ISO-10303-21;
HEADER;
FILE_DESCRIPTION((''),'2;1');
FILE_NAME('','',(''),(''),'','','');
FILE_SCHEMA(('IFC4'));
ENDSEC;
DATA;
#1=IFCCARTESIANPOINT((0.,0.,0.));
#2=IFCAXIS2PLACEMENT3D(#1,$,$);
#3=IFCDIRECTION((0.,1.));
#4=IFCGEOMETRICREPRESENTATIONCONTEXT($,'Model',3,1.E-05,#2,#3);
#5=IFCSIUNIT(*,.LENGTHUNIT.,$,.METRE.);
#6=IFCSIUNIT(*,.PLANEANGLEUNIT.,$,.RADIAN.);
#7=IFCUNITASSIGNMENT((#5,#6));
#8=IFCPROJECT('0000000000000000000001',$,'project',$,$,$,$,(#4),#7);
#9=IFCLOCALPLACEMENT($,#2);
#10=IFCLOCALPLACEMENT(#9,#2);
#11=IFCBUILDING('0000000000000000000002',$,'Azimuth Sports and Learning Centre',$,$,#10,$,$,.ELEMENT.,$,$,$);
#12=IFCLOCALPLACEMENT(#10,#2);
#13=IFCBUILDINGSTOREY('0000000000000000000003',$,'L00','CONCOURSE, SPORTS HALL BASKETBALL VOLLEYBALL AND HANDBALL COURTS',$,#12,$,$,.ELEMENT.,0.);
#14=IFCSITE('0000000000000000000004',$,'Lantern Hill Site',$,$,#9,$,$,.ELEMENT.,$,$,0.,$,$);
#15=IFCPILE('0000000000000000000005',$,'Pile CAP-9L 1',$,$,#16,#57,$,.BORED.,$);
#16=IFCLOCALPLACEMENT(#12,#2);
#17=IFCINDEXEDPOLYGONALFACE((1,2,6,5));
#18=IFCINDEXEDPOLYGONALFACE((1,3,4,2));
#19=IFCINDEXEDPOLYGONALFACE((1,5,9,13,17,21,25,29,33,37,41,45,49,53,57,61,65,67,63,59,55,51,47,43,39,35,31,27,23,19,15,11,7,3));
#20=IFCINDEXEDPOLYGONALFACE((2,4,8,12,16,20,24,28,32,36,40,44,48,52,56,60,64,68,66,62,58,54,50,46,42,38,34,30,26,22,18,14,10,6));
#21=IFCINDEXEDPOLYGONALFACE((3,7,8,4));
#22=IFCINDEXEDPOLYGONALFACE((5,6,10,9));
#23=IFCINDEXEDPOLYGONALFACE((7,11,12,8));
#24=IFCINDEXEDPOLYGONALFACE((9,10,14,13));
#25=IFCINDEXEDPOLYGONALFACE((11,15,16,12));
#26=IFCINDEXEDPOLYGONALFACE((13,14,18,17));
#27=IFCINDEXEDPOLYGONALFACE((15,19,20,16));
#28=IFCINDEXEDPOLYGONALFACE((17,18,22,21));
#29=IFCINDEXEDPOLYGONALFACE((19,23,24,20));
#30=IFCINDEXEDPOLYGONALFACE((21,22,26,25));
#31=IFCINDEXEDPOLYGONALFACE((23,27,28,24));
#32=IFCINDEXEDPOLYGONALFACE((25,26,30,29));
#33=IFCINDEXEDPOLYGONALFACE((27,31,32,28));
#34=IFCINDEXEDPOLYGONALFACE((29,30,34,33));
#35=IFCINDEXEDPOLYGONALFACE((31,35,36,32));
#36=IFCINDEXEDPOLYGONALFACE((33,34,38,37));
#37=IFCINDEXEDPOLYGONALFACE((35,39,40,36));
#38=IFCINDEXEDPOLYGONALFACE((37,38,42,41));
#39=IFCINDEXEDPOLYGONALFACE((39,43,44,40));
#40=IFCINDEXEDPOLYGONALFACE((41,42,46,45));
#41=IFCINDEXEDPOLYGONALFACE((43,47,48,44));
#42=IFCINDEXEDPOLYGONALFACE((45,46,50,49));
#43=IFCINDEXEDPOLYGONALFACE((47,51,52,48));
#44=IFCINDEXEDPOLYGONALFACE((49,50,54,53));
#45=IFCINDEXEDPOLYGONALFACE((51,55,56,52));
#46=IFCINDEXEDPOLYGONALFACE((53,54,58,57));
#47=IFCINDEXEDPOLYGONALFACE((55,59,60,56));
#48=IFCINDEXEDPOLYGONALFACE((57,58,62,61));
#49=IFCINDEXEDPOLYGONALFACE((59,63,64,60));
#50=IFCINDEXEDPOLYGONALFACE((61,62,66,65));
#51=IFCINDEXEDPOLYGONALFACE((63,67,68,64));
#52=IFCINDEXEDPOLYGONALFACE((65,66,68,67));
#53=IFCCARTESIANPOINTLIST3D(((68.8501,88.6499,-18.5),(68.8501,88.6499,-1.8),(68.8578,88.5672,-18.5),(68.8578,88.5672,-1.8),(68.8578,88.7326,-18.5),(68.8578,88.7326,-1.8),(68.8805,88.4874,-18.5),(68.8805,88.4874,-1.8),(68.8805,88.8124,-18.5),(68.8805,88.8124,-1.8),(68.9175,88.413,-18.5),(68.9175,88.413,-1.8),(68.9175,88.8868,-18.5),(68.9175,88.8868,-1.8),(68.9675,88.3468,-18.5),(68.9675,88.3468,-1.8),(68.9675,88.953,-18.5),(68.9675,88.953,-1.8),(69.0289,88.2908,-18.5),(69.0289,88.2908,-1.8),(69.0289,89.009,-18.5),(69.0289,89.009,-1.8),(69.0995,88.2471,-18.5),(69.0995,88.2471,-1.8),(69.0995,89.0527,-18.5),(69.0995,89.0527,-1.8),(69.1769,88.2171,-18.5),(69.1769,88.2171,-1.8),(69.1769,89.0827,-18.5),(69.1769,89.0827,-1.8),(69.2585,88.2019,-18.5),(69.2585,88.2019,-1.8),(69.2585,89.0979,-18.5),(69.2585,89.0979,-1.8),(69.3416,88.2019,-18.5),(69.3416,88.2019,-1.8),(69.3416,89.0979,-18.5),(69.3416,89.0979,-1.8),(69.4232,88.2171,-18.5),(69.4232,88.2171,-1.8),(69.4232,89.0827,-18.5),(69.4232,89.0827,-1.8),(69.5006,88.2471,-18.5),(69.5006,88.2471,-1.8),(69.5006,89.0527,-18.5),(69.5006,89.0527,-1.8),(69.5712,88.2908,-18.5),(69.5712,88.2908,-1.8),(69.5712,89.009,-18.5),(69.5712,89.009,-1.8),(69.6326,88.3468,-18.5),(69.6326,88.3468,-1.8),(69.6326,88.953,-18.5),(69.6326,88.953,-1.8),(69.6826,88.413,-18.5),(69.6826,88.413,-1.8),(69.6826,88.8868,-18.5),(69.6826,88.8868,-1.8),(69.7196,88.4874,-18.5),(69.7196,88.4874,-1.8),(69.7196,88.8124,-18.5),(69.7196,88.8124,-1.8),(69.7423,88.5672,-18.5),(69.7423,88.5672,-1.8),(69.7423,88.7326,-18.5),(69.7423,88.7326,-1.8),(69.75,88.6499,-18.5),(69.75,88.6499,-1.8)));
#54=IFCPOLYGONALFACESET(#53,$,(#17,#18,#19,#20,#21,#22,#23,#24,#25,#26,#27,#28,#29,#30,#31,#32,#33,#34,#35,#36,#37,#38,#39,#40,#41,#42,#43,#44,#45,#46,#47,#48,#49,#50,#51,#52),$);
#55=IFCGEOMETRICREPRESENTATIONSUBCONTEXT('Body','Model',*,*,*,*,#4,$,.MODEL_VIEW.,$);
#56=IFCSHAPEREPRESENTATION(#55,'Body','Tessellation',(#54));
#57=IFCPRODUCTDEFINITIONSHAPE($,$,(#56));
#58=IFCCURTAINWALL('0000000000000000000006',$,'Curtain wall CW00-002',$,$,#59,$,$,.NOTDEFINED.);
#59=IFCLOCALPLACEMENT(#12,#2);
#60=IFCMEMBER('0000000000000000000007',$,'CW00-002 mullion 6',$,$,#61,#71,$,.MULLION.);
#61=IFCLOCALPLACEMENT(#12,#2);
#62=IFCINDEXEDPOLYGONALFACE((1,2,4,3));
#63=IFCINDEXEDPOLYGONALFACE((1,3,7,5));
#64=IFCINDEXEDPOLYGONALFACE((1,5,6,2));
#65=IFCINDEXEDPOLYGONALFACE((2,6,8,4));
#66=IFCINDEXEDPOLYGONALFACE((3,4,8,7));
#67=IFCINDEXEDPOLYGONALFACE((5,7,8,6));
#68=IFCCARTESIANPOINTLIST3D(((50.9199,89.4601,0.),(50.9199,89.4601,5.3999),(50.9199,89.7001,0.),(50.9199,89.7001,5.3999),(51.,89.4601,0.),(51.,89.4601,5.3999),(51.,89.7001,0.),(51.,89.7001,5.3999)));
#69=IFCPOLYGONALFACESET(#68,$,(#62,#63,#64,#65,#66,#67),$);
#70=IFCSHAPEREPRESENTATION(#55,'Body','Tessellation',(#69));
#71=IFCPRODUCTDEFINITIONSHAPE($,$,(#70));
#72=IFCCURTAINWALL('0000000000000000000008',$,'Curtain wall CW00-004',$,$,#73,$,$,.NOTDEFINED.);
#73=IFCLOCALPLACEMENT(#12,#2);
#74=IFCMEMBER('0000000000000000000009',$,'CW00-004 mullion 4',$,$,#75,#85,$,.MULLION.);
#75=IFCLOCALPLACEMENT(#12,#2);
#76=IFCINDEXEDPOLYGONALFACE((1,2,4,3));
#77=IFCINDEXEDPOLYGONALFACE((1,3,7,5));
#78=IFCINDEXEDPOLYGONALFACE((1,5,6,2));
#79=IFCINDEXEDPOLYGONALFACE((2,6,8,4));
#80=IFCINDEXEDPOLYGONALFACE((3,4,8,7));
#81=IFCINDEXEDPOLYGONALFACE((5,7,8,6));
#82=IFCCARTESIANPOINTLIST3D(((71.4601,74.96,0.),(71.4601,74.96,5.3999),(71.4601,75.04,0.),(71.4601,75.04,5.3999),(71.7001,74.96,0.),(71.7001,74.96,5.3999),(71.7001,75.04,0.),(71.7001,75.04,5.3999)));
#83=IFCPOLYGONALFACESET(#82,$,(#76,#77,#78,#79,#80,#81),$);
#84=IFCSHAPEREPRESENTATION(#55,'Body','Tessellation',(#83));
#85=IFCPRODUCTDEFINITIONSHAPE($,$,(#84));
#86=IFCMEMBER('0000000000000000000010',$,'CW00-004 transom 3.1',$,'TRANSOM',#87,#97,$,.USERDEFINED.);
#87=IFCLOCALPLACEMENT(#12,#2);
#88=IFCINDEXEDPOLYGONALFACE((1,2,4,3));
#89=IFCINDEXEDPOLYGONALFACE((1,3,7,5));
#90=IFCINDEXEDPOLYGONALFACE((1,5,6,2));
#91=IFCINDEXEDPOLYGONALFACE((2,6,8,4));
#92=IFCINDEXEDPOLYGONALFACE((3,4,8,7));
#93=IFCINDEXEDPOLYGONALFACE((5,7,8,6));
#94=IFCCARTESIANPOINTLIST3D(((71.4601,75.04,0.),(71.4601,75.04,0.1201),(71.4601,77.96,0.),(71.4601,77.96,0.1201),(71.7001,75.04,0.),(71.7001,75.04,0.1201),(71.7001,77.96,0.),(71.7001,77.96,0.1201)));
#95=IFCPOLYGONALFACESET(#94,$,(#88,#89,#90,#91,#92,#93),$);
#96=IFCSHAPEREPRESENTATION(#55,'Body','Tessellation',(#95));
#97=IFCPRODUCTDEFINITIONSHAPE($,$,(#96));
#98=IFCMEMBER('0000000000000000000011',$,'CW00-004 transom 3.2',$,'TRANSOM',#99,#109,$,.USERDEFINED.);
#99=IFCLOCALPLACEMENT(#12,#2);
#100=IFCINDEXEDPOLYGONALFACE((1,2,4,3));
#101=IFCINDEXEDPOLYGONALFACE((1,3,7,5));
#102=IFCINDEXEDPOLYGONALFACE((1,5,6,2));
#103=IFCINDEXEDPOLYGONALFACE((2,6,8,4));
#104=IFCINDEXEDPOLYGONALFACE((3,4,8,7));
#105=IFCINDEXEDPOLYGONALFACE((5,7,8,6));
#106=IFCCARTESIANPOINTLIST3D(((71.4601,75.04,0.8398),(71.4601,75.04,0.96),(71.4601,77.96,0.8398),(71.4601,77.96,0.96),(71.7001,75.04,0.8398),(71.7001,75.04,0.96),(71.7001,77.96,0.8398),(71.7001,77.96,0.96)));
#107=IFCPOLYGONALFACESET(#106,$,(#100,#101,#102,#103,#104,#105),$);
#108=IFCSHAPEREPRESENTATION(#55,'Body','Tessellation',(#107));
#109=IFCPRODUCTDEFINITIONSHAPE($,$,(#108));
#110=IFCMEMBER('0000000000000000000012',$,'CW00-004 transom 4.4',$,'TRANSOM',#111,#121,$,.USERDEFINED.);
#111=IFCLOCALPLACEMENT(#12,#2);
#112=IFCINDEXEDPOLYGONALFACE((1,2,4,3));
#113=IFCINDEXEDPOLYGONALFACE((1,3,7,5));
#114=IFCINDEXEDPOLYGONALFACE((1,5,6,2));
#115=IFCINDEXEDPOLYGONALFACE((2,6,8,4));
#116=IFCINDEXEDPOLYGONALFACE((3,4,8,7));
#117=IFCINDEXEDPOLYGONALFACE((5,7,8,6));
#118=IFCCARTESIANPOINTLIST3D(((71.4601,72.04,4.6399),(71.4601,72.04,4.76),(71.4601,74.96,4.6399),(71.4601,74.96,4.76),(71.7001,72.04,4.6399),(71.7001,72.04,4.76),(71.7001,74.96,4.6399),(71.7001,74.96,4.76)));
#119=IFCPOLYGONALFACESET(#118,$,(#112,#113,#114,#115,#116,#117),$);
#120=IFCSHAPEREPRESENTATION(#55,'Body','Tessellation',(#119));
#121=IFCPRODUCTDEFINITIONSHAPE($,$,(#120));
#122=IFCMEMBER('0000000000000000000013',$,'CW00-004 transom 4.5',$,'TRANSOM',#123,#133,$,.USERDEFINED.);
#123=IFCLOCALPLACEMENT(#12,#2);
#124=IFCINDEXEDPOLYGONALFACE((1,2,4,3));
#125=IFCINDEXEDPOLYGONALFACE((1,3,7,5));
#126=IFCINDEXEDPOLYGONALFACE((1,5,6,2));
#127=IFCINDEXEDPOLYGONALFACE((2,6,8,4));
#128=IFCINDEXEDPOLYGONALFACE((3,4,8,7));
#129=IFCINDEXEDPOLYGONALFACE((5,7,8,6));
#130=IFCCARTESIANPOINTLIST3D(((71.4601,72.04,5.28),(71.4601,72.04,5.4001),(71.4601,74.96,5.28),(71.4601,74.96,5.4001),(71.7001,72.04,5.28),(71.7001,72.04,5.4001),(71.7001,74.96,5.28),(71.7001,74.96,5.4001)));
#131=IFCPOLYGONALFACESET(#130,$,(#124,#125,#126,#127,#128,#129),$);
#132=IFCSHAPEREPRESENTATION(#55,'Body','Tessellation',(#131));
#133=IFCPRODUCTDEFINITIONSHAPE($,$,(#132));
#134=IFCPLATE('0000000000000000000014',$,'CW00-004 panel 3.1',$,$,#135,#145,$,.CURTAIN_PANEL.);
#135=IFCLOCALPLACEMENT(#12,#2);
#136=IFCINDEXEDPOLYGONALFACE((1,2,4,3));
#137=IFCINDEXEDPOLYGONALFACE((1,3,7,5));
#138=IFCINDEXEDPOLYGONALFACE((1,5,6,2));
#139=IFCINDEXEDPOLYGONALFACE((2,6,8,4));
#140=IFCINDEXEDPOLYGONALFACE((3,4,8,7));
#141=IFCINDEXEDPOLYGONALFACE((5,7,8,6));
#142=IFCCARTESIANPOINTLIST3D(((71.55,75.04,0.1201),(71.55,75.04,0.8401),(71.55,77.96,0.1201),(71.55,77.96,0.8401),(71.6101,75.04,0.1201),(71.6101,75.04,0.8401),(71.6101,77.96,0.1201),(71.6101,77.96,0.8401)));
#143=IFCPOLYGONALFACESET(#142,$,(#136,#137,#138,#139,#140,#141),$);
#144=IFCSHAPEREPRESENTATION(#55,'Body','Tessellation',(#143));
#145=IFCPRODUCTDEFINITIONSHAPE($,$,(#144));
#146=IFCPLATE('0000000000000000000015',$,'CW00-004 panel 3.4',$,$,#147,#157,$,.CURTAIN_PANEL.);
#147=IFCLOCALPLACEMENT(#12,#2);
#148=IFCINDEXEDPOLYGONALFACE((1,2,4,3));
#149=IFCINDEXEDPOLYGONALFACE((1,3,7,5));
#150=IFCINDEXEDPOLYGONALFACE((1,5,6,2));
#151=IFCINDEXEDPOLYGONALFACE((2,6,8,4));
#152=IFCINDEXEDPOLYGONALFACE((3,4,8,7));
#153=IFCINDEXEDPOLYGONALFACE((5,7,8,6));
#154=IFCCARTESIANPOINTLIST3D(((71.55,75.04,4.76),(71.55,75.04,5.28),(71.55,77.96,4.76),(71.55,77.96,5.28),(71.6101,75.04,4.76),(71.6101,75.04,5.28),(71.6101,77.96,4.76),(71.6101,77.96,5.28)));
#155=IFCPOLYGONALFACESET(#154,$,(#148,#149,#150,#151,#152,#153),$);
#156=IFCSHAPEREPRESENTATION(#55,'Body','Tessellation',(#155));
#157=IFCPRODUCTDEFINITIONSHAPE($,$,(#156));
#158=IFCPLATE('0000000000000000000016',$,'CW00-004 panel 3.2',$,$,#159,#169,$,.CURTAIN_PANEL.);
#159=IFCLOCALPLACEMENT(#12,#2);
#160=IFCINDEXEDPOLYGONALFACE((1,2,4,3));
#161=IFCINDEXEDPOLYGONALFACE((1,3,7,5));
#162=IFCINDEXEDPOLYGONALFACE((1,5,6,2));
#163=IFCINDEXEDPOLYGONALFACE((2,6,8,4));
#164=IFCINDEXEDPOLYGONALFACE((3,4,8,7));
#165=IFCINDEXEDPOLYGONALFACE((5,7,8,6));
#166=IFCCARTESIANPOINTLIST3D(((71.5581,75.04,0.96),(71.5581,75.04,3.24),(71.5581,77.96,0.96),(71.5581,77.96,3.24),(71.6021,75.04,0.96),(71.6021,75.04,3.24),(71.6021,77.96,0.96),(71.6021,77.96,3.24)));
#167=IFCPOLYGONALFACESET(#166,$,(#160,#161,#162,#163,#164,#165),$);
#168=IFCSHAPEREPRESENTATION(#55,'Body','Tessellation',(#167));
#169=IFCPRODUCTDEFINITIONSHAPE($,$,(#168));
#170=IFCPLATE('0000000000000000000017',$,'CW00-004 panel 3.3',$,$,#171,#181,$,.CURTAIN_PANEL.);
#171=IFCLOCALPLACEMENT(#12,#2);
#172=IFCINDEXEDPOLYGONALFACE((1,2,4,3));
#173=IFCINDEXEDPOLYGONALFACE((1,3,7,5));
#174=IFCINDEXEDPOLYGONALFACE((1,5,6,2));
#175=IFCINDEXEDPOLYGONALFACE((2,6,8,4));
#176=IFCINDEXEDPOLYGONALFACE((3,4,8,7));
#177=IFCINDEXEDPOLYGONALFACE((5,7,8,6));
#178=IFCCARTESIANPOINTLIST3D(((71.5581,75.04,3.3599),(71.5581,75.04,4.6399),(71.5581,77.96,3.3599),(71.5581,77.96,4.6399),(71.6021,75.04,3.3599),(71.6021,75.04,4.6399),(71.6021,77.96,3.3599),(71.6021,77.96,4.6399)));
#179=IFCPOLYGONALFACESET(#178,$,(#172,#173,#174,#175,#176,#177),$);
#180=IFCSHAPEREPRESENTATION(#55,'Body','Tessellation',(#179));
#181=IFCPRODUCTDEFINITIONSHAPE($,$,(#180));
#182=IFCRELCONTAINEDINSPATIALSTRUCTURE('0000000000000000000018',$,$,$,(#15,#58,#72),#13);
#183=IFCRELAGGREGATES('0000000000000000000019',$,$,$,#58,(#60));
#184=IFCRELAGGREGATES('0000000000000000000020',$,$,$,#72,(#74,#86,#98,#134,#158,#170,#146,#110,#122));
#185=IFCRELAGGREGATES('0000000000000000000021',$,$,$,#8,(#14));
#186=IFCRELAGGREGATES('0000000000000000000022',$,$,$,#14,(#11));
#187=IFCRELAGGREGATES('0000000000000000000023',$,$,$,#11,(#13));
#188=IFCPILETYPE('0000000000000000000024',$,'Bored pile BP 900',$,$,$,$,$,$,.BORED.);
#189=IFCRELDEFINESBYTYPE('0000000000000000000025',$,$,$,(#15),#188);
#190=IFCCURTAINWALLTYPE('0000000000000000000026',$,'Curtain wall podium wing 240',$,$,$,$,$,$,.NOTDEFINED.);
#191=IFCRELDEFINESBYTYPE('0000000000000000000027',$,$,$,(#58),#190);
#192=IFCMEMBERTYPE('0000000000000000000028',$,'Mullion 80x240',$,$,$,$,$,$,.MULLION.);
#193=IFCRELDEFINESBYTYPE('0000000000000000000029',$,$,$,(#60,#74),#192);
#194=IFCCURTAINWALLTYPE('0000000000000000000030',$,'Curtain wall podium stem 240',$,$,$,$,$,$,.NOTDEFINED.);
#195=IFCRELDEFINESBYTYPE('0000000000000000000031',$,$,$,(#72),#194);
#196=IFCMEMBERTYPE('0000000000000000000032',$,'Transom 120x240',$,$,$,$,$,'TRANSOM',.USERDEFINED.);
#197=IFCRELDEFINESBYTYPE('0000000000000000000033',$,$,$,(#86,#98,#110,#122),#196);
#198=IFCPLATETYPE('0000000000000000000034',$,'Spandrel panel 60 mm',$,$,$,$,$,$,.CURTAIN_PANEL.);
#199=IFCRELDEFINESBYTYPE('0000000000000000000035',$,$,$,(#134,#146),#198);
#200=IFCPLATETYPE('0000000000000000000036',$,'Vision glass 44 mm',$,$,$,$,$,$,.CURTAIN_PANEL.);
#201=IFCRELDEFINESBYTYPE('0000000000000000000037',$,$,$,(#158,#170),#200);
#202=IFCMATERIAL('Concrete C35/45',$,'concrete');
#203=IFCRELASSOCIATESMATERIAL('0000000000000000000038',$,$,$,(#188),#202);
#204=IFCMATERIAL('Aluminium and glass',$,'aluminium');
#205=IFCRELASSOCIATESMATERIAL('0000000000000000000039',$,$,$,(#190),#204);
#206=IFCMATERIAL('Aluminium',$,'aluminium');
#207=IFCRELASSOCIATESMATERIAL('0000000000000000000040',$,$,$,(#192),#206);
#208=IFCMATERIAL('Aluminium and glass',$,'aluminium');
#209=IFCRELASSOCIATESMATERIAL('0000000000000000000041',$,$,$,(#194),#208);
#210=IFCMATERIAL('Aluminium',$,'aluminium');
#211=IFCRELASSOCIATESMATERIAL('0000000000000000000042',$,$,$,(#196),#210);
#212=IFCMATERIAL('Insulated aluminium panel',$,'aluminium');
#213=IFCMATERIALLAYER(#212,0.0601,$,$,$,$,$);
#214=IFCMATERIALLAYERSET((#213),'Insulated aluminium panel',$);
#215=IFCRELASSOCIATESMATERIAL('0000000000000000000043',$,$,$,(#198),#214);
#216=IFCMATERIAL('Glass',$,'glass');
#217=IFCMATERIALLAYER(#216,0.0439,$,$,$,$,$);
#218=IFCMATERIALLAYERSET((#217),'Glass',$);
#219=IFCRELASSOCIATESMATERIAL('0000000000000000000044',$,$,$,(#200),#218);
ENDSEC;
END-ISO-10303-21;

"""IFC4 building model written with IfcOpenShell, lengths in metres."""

from ifc_helpers import new_model, si_unit, direction, frame, origin, origin_2d, place, context, subcontext, project, spatial, rectangle, circle, extrude, material, layer, layer_set, material_profile, profile_set, type_object, element, aggregate, save


model = new_model("IFC4")

# Units and contexts
model_context = context("Model", 3, precision=1e-05, world=origin(), true_north=direction((0.0, 1.0)))
body_context = subcontext(model_context, "Body", "Model", "MODEL_VIEW")
ifc_project = project(units=[si_unit("LENGTHUNIT", "METRE"), si_unit("PLANEANGLEUNIT", "RADIAN")], contexts=[model_context])

# Site, building, storey
site_placement = place(None, origin())
site = spatial("IfcSite", under=ifc_project, at=site_placement, Name="Lantern Hill Site", CompositionType="ELEMENT", RefElevation=0.0)
building_placement = place(site_placement, origin())
building = spatial("IfcBuilding", under=site, at=building_placement, Name="Azimuth Sports and Learning Centre", CompositionType="ELEMENT")
storey_placement = place(building_placement, origin())
storey = spatial("IfcBuildingStorey", under=building, at=storey_placement, Name="L00", Description="CONCOURSE, SPORTS HALL BASKETBALL VOLLEYBALL AND HANDBALL COURTS", CompositionType="ELEMENT", Elevation=0.0)

# Pile
ifc_material_1 = material(Name="Concrete C35/45", Category="concrete")
ifc_material_profile_1 = material_profile(ifc_material_1, circle(Radius=0.45, at=origin_2d()), Name="BP 900")
ifc_profile_set_1 = profile_set([ifc_material_profile_1], Name="Concrete C35/45")
pile_type = type_object("IfcPileType", Name="Bored pile BP 900", PredefinedType="BORED", material=ifc_profile_set_1)
pile_placement = place(storey_placement, frame((69.3, 88.6499, -1.8), z_axis=(0.0, 0.0, -1.0), x_axis=(1.0, 0.0, 0.0)))
element("IfcPile", 1, at=pile_placement, inside=storey, type_object=pile_type, Name="Pile CAP-9L 1", PredefinedType="BORED", context=body_context, shape_type="SweptSolid", body=[
    extrude(circle(Radius=0.45, at=origin_2d()), origin(), (0.0, 0.0, 1.0), 16.7),
])

# Curtain wall, member
ifc_material_2 = material(Name="Aluminium and glass", Category="aluminium")
curtain_wall_type_1 = type_object("IfcCurtainWallType", Name="Curtain wall podium wing 240", PredefinedType="NOTDEFINED", material=ifc_material_2)
curtain_wall_1_placement = place(storey_placement, origin())
curtain_wall_1 = element("IfcCurtainWall", 2, at=curtain_wall_1_placement, inside=storey, type_object=curtain_wall_type_1, Name="Curtain wall CW00-002", PredefinedType="NOTDEFINED")
ifc_material_3 = material(Name="Aluminium", Category="aluminium")
ifc_material_profile_2 = material_profile(ifc_material_3, rectangle(XDim=0.24, YDim=0.0801, at=origin_2d()), Name="Mullion 80x240")
ifc_profile_set_2 = profile_set([ifc_material_profile_2], Name="Aluminium")
member_type_1 = type_object("IfcMemberType", Name="Mullion 80x240", PredefinedType="MULLION", material=ifc_profile_set_2)
member_1_placement = place(storey_placement, frame((50.96, 89.5801, 0.0), z_axis=(0.0, 0.0, 1.0), x_axis=(0.0, 1.0, 0.0)))
member_1 = element("IfcMember", 3, at=member_1_placement, type_object=member_type_1, Name="CW00-002 mullion 6", PredefinedType="MULLION", context=body_context, shape_type="SweptSolid", body=[
    extrude(rectangle(XDim=0.24, YDim=0.0801, at=origin_2d()), origin(), (0.0, 0.0, 1.0), 5.3999),
])
aggregate(curtain_wall_1, [member_1])

# Curtain wall, members, plates
ifc_material_4 = material(Name="Aluminium and glass", Category="aluminium")
curtain_wall_type_2 = type_object("IfcCurtainWallType", Name="Curtain wall podium stem 240", PredefinedType="NOTDEFINED", material=ifc_material_4)
curtain_wall_2_placement = place(storey_placement, origin())
curtain_wall_2 = element("IfcCurtainWall", 4, at=curtain_wall_2_placement, inside=storey, type_object=curtain_wall_type_2, Name="Curtain wall CW00-004", PredefinedType="NOTDEFINED")
member_2_placement = place(storey_placement, frame((71.5801, 75.0, 0.0), z_axis=(0.0, 0.0, 1.0), x_axis=(1.0, 0.0, 0.0)))
member_2 = element("IfcMember", 5, at=member_2_placement, type_object=member_type_1, Name="CW00-004 mullion 4", PredefinedType="MULLION", context=body_context, shape_type="SweptSolid", body=[
    extrude(rectangle(XDim=0.24, YDim=0.0801, at=origin_2d()), origin(), (0.0, 0.0, 1.0), 5.3999),
])
ifc_material_5 = material(Name="Aluminium", Category="aluminium")
ifc_material_profile_3 = material_profile(ifc_material_5, rectangle(XDim=0.24, YDim=0.1201, at=origin_2d()), Name="Transom 120x240")
ifc_profile_set_3 = profile_set([ifc_material_profile_3], Name="Aluminium")
member_type_2 = type_object("IfcMemberType", Name="Transom 120x240", ElementType="TRANSOM", PredefinedType="USERDEFINED", material=ifc_profile_set_3)
member_3_placement = place(storey_placement, frame((71.5801, 77.96, 0.0601), z_axis=(0.0, -1.0, 0.0), x_axis=(1.0, 0.0, 0.0)))
member_3 = element("IfcMember", 6, at=member_3_placement, type_object=member_type_2, Name="CW00-004 transom 3.1", ObjectType="TRANSOM", PredefinedType="USERDEFINED", context=body_context, shape_type="SweptSolid", body=[
    extrude(rectangle(XDim=0.24, YDim=0.1201, at=origin_2d()), origin(), (0.0, 0.0, 1.0), 2.9199),
])
member_4_placement = place(storey_placement, frame((71.5801, 77.96, 0.8999), z_axis=(0.0, -1.0, 0.0), x_axis=(1.0, 0.0, 0.0)))
member_4 = element("IfcMember", 7, at=member_4_placement, type_object=member_type_2, Name="CW00-004 transom 3.2", ObjectType="TRANSOM", PredefinedType="USERDEFINED", context=body_context, shape_type="SweptSolid", body=[
    extrude(rectangle(XDim=0.24, YDim=0.1201, at=origin_2d()), origin(), (0.0, 0.0, 1.0), 2.9199),
])
member_5_placement = place(storey_placement, frame((71.5801, 74.96, 4.7), z_axis=(0.0, -1.0, 0.0), x_axis=(1.0, 0.0, 0.0)))
member_5 = element("IfcMember", 8, at=member_5_placement, type_object=member_type_2, Name="CW00-004 transom 4.4", ObjectType="TRANSOM", PredefinedType="USERDEFINED", context=body_context, shape_type="SweptSolid", body=[
    extrude(rectangle(XDim=0.24, YDim=0.1201, at=origin_2d()), origin(), (0.0, 0.0, 1.0), 2.9199),
])
member_6_placement = place(storey_placement, frame((71.5801, 74.96, 5.3401), z_axis=(0.0, -1.0, 0.0), x_axis=(1.0, 0.0, 0.0)))
member_6 = element("IfcMember", 9, at=member_6_placement, type_object=member_type_2, Name="CW00-004 transom 4.5", ObjectType="TRANSOM", PredefinedType="USERDEFINED", context=body_context, shape_type="SweptSolid", body=[
    extrude(rectangle(XDim=0.24, YDim=0.1201, at=origin_2d()), origin(), (0.0, 0.0, 1.0), 2.9199),
])
ifc_material_6 = material(Name="Insulated aluminium panel", Category="aluminium")
ifc_layer_1 = layer(ifc_material_6, 0.0601)
ifc_layer_set_1 = layer_set([ifc_layer_1], Name="Insulated aluminium panel")
plate_type_1 = type_object("IfcPlateType", Name="Spandrel panel 60 mm", PredefinedType="CURTAIN_PANEL", material=ifc_layer_set_1)
plate_1_placement = place(storey_placement, frame((71.5801, 76.5, 0.1201), z_axis=(0.0, 0.0, 1.0), x_axis=(0.0, -1.0, 0.0)))
plate_1 = element("IfcPlate", 10, at=plate_1_placement, type_object=plate_type_1, Name="CW00-004 panel 3.1", PredefinedType="CURTAIN_PANEL", context=body_context, shape_type="SweptSolid", body=[
    extrude(rectangle(XDim=2.9199, YDim=0.0601, at=origin_2d()), origin(), (0.0, 0.0, 1.0), 0.72),
])
plate_2_placement = place(storey_placement, frame((71.5801, 76.5, 4.76), z_axis=(0.0, 0.0, 1.0), x_axis=(0.0, -1.0, 0.0)))
plate_2 = element("IfcPlate", 11, at=plate_2_placement, type_object=plate_type_1, Name="CW00-004 panel 3.4", PredefinedType="CURTAIN_PANEL", context=body_context, shape_type="SweptSolid", body=[
    extrude(rectangle(XDim=2.9199, YDim=0.0601, at=origin_2d()), origin(), (0.0, 0.0, 1.0), 0.52),
])
ifc_material_7 = material(Name="Glass", Category="glass")
ifc_layer_2 = layer(ifc_material_7, 0.0439)
ifc_layer_set_2 = layer_set([ifc_layer_2], Name="Glass")
plate_type_2 = type_object("IfcPlateType", Name="Vision glass 44 mm", PredefinedType="CURTAIN_PANEL", material=ifc_layer_set_2)
plate_3_placement = place(storey_placement, frame((71.5801, 76.5, 0.96), z_axis=(0.0, 0.0, 1.0), x_axis=(0.0, -1.0, 0.0)))
plate_3 = element("IfcPlate", 12, at=plate_3_placement, type_object=plate_type_2, Name="CW00-004 panel 3.2", PredefinedType="CURTAIN_PANEL", context=body_context, shape_type="SweptSolid", body=[
    extrude(rectangle(XDim=2.9199, YDim=0.0439, at=origin_2d()), origin(), (0.0, 0.0, 1.0), 2.28),
])
plate_4_placement = place(storey_placement, frame((71.5801, 76.5, 3.3599), z_axis=(0.0, 0.0, 1.0), x_axis=(0.0, -1.0, 0.0)))
plate_4 = element("IfcPlate", 13, at=plate_4_placement, type_object=plate_type_2, Name="CW00-004 panel 3.3", PredefinedType="CURTAIN_PANEL", context=body_context, shape_type="SweptSolid", body=[
    extrude(rectangle(XDim=2.9199, YDim=0.0439, at=origin_2d()), origin(), (0.0, 0.0, 1.0), 1.28),
])
aggregate(curtain_wall_2, [member_2, member_3, member_4, plate_1, plate_3, plate_4, plate_2, member_5, member_6])

save(model, "model.ifc")
